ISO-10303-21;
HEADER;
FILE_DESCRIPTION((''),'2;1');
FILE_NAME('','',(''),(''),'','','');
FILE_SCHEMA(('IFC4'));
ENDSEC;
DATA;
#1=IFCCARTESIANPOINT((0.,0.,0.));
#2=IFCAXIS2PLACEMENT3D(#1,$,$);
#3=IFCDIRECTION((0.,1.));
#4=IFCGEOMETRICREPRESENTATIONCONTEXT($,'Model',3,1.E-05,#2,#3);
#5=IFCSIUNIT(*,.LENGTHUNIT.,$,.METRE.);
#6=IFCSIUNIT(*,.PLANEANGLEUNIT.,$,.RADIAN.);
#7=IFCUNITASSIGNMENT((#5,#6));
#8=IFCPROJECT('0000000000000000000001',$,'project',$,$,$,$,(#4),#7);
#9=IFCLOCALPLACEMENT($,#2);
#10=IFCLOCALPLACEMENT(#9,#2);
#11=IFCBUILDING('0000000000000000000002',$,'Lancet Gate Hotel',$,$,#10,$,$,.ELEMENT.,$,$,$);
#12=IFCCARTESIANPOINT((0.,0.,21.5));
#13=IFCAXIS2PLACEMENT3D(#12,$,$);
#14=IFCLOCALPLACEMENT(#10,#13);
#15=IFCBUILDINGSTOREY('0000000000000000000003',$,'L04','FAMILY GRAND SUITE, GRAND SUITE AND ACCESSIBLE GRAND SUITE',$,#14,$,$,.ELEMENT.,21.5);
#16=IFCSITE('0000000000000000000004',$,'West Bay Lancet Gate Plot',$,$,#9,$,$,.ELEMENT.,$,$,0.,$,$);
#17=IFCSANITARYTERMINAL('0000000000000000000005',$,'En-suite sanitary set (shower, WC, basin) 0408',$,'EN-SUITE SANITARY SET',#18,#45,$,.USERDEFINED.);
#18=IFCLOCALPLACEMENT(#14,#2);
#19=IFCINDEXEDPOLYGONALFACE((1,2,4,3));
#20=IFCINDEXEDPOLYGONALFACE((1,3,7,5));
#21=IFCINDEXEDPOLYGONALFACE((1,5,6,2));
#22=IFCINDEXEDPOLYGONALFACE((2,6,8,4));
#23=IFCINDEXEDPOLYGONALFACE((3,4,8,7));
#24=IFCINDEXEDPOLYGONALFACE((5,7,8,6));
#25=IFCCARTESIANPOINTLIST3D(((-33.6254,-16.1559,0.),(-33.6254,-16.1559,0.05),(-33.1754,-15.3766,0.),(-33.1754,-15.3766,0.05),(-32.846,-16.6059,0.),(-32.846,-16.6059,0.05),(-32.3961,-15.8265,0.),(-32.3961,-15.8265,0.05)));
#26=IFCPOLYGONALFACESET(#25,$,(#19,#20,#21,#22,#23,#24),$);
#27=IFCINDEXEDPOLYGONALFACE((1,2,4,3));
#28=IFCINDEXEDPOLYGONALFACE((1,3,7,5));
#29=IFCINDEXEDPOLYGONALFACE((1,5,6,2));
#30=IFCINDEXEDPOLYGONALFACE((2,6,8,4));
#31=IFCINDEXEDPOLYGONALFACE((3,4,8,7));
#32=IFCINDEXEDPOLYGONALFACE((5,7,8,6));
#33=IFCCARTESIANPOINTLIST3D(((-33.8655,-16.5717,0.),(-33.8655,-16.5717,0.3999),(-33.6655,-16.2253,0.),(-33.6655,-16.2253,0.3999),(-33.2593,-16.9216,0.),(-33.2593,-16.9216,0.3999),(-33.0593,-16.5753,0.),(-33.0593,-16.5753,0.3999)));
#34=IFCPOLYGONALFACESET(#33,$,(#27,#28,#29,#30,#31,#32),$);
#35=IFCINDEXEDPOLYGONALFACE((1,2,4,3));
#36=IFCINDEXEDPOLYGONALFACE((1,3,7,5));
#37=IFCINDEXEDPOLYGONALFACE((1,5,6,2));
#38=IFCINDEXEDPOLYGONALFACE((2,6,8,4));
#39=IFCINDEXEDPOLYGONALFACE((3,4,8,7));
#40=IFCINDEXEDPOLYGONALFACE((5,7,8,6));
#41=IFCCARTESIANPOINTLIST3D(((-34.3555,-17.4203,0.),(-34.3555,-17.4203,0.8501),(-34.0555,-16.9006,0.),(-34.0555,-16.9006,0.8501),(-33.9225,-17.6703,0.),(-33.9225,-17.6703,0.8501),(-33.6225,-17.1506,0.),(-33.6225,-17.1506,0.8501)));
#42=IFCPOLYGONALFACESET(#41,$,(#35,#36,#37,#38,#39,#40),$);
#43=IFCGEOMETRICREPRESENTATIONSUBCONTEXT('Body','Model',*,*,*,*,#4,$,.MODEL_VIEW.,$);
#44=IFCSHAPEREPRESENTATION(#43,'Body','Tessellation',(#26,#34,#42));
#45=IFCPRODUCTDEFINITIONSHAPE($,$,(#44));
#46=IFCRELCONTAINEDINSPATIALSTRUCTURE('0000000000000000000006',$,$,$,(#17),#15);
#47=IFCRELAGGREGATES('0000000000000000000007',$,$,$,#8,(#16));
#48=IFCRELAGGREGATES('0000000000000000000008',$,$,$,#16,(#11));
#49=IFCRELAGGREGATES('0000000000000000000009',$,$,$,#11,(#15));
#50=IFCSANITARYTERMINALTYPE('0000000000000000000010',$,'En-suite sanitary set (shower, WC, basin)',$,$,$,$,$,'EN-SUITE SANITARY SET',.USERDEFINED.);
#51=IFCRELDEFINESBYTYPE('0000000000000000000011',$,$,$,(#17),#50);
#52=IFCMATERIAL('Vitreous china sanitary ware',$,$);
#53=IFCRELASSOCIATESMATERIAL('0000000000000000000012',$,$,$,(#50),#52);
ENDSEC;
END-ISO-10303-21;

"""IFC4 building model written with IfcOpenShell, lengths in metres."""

from ifc_helpers import new_model, si_unit, direction, frame, origin, origin_2d, place, context, subcontext, project, spatial, rectangle, extrude, material, type_object, element, save


model = new_model("IFC4")

# Units and contexts
model_context = context("Model", 3, precision=1e-05, world=origin(), true_north=direction((0.0, 1.0)))
body_context = subcontext(model_context, "Body", "Model", "MODEL_VIEW")
ifc_project = project(units=[si_unit("LENGTHUNIT", "METRE"), si_unit("PLANEANGLEUNIT", "RADIAN")], contexts=[model_context])

# Site, building, storey
site_placement = place(None, origin())
site = spatial("IfcSite", under=ifc_project, at=site_placement, Name="West Bay Lancet Gate Plot", CompositionType="ELEMENT", RefElevation=0.0)
building_placement = place(site_placement, origin())
building = spatial("IfcBuilding", under=site, at=building_placement, Name="Lancet Gate Hotel", CompositionType="ELEMENT")
storey_placement = place(building_placement, frame((0.0, 0.0, 21.5)))
storey = spatial("IfcBuildingStorey", under=building, at=storey_placement, Name="L04", Description="FAMILY GRAND SUITE, GRAND SUITE AND ACCESSIBLE GRAND SUITE", CompositionType="ELEMENT", Elevation=21.5)

# Sanitary terminal
ifc_material_1 = material(Name="Vitreous china sanitary ware")
sanitary_terminal_type = type_object("IfcSanitaryTerminalType", Name="En-suite sanitary set (shower, WC, basin)", ElementType="EN-SUITE SANITARY SET", PredefinedType="USERDEFINED", material=ifc_material_1)
sanitary_terminal_placement = place(storey_placement, frame((-33.0107, -15.9912, 0.0), z_axis=(0.0, 0.0, 1.0), x_axis=(1.0, 0.0, 0.0)))
element("IfcSanitaryTerminal", 1, at=sanitary_terminal_placement, inside=storey, type_object=sanitary_terminal_type, Name="En-suite sanitary set (shower, WC, basin) 0408", ObjectType="EN-SUITE SANITARY SET", PredefinedType="USERDEFINED", context=body_context, shape_type="SweptSolid", body=[
    extrude(rectangle(XDim=0.8999, YDim=0.8999, at=origin_2d()), frame((0.0, 0.0, 0.0), z_axis=(0.0, 0.0, 1.0), x_axis=(0.5, 0.866025, 0.0)), (0.0, 0.0, 1.0), 0.05),
    extrude(rectangle(XDim=0.3999, YDim=0.7, at=origin_2d()), frame((-0.4517, -0.5823, 0.0), z_axis=(0.0, 0.0, 1.0), x_axis=(0.5, 0.866025, 0.0)), (0.0, 0.0, 1.0), 0.3999),
    extrude(rectangle(XDim=0.6001, YDim=0.5, at=origin_2d()), frame((-0.9783, -1.2942, 0.0), z_axis=(0.0, 0.0, 1.0), x_axis=(0.5, 0.866025, 0.0)), (0.0, 0.0, 1.0), 0.8501),
])

save(model, "model.ifc")
